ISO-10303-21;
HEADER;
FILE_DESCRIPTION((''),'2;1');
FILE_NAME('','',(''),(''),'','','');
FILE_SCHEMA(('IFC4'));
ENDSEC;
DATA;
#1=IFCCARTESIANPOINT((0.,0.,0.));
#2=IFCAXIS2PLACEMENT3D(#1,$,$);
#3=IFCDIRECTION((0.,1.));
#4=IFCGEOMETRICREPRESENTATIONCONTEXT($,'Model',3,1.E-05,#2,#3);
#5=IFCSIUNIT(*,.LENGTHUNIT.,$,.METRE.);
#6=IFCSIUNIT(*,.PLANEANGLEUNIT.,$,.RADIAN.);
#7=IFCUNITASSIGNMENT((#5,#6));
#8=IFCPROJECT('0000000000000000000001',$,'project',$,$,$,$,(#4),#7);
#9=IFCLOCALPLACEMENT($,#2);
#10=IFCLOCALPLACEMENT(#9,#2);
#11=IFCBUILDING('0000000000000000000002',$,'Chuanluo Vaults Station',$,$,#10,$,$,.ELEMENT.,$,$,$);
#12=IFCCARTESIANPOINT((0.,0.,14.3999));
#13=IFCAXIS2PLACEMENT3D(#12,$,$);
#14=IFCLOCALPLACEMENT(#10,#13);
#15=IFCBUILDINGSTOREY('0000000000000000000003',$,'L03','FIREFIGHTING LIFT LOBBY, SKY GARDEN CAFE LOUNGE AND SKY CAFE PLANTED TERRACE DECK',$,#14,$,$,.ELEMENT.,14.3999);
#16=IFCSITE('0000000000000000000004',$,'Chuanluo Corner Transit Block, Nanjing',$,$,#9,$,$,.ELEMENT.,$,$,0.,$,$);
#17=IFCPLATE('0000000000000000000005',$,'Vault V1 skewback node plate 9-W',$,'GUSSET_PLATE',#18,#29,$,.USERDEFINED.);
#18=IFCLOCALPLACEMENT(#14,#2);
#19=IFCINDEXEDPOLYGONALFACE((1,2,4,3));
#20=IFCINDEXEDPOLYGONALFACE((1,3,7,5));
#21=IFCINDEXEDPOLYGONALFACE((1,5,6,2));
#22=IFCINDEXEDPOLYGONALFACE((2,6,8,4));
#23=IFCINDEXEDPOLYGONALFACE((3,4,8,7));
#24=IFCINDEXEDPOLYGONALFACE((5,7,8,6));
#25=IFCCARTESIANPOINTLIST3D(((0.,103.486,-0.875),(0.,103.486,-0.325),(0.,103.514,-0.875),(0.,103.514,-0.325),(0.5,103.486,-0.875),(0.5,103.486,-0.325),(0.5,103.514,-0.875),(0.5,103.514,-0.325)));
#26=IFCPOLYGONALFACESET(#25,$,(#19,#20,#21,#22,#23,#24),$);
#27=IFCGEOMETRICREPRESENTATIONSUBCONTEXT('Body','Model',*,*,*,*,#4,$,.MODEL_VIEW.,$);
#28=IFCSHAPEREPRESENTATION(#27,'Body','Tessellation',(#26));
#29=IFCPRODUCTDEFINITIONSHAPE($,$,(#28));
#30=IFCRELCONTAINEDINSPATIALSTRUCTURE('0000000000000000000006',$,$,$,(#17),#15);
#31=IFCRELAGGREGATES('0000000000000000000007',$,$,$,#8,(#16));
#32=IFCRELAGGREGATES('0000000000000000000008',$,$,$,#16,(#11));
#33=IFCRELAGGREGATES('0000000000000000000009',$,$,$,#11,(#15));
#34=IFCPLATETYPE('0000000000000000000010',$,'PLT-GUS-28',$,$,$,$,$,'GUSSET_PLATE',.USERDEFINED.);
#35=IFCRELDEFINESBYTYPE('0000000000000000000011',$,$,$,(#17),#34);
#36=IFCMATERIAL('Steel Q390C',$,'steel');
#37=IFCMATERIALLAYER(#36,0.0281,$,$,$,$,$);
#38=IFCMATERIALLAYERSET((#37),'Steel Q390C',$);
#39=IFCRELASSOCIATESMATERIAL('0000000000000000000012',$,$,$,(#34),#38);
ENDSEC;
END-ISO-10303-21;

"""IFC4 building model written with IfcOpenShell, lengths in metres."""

from ifc_helpers import new_model, si_unit, direction, frame, origin, origin_2d, place, context, subcontext, project, spatial, rectangle, extrude, material, layer, layer_set, type_object, element, save


model = new_model("IFC4")

# Units and contexts
model_context = context("Model", 3, precision=1e-05, world=origin(), true_north=direction((0.0, 1.0)))
body_context = subcontext(model_context, "Body", "Model", "MODEL_VIEW")
ifc_project = project(units=[si_unit("LENGTHUNIT", "METRE"), si_unit("PLANEANGLEUNIT", "RADIAN")], contexts=[model_context])

# Site, building, storey
site_placement = place(None, origin())
site = spatial("IfcSite", under=ifc_project, at=site_placement, Name="Chuanluo Corner Transit Block, Nanjing", CompositionType="ELEMENT", RefElevation=0.0)
building_placement = place(site_placement, origin())
building = spatial("IfcBuilding", under=site, at=building_placement, Name="Chuanluo Vaults Station", CompositionType="ELEMENT")
storey_placement = place(building_placement, frame((0.0, 0.0, 14.3999)))
storey = spatial("IfcBuildingStorey", under=building, at=storey_placement, Name="L03", Description="FIREFIGHTING LIFT LOBBY, SKY GARDEN CAFE LOUNGE AND SKY CAFE PLANTED TERRACE DECK", CompositionType="ELEMENT", Elevation=14.3999)

# Plate
ifc_material_1 = material(Name="Steel Q390C", Category="steel")
ifc_layer = layer(ifc_material_1, 0.0281)
ifc_layer_set = layer_set([ifc_layer], Name="Steel Q390C")
plate_type = type_object("IfcPlateType", Name="PLT-GUS-28", ElementType="GUSSET_PLATE", PredefinedType="USERDEFINED", material=ifc_layer_set)
plate_placement = place(storey_placement, frame((0.25, 103.5, -0.875), z_axis=(0.0, 0.0, 1.0), x_axis=(1.0, 0.0, 0.0)))
element("IfcPlate", 1, at=plate_placement, inside=storey, type_object=plate_type, Name="Vault V1 skewback node plate 9-W", ObjectType="GUSSET_PLATE", PredefinedType="USERDEFINED", context=body_context, shape_type="SweptSolid", body=[
    extrude(rectangle(XDim=0.5, YDim=0.0281, at=origin_2d()), origin(), (0.0, 0.0, 1.0), 0.55),
])

save(model, "model.ifc")
